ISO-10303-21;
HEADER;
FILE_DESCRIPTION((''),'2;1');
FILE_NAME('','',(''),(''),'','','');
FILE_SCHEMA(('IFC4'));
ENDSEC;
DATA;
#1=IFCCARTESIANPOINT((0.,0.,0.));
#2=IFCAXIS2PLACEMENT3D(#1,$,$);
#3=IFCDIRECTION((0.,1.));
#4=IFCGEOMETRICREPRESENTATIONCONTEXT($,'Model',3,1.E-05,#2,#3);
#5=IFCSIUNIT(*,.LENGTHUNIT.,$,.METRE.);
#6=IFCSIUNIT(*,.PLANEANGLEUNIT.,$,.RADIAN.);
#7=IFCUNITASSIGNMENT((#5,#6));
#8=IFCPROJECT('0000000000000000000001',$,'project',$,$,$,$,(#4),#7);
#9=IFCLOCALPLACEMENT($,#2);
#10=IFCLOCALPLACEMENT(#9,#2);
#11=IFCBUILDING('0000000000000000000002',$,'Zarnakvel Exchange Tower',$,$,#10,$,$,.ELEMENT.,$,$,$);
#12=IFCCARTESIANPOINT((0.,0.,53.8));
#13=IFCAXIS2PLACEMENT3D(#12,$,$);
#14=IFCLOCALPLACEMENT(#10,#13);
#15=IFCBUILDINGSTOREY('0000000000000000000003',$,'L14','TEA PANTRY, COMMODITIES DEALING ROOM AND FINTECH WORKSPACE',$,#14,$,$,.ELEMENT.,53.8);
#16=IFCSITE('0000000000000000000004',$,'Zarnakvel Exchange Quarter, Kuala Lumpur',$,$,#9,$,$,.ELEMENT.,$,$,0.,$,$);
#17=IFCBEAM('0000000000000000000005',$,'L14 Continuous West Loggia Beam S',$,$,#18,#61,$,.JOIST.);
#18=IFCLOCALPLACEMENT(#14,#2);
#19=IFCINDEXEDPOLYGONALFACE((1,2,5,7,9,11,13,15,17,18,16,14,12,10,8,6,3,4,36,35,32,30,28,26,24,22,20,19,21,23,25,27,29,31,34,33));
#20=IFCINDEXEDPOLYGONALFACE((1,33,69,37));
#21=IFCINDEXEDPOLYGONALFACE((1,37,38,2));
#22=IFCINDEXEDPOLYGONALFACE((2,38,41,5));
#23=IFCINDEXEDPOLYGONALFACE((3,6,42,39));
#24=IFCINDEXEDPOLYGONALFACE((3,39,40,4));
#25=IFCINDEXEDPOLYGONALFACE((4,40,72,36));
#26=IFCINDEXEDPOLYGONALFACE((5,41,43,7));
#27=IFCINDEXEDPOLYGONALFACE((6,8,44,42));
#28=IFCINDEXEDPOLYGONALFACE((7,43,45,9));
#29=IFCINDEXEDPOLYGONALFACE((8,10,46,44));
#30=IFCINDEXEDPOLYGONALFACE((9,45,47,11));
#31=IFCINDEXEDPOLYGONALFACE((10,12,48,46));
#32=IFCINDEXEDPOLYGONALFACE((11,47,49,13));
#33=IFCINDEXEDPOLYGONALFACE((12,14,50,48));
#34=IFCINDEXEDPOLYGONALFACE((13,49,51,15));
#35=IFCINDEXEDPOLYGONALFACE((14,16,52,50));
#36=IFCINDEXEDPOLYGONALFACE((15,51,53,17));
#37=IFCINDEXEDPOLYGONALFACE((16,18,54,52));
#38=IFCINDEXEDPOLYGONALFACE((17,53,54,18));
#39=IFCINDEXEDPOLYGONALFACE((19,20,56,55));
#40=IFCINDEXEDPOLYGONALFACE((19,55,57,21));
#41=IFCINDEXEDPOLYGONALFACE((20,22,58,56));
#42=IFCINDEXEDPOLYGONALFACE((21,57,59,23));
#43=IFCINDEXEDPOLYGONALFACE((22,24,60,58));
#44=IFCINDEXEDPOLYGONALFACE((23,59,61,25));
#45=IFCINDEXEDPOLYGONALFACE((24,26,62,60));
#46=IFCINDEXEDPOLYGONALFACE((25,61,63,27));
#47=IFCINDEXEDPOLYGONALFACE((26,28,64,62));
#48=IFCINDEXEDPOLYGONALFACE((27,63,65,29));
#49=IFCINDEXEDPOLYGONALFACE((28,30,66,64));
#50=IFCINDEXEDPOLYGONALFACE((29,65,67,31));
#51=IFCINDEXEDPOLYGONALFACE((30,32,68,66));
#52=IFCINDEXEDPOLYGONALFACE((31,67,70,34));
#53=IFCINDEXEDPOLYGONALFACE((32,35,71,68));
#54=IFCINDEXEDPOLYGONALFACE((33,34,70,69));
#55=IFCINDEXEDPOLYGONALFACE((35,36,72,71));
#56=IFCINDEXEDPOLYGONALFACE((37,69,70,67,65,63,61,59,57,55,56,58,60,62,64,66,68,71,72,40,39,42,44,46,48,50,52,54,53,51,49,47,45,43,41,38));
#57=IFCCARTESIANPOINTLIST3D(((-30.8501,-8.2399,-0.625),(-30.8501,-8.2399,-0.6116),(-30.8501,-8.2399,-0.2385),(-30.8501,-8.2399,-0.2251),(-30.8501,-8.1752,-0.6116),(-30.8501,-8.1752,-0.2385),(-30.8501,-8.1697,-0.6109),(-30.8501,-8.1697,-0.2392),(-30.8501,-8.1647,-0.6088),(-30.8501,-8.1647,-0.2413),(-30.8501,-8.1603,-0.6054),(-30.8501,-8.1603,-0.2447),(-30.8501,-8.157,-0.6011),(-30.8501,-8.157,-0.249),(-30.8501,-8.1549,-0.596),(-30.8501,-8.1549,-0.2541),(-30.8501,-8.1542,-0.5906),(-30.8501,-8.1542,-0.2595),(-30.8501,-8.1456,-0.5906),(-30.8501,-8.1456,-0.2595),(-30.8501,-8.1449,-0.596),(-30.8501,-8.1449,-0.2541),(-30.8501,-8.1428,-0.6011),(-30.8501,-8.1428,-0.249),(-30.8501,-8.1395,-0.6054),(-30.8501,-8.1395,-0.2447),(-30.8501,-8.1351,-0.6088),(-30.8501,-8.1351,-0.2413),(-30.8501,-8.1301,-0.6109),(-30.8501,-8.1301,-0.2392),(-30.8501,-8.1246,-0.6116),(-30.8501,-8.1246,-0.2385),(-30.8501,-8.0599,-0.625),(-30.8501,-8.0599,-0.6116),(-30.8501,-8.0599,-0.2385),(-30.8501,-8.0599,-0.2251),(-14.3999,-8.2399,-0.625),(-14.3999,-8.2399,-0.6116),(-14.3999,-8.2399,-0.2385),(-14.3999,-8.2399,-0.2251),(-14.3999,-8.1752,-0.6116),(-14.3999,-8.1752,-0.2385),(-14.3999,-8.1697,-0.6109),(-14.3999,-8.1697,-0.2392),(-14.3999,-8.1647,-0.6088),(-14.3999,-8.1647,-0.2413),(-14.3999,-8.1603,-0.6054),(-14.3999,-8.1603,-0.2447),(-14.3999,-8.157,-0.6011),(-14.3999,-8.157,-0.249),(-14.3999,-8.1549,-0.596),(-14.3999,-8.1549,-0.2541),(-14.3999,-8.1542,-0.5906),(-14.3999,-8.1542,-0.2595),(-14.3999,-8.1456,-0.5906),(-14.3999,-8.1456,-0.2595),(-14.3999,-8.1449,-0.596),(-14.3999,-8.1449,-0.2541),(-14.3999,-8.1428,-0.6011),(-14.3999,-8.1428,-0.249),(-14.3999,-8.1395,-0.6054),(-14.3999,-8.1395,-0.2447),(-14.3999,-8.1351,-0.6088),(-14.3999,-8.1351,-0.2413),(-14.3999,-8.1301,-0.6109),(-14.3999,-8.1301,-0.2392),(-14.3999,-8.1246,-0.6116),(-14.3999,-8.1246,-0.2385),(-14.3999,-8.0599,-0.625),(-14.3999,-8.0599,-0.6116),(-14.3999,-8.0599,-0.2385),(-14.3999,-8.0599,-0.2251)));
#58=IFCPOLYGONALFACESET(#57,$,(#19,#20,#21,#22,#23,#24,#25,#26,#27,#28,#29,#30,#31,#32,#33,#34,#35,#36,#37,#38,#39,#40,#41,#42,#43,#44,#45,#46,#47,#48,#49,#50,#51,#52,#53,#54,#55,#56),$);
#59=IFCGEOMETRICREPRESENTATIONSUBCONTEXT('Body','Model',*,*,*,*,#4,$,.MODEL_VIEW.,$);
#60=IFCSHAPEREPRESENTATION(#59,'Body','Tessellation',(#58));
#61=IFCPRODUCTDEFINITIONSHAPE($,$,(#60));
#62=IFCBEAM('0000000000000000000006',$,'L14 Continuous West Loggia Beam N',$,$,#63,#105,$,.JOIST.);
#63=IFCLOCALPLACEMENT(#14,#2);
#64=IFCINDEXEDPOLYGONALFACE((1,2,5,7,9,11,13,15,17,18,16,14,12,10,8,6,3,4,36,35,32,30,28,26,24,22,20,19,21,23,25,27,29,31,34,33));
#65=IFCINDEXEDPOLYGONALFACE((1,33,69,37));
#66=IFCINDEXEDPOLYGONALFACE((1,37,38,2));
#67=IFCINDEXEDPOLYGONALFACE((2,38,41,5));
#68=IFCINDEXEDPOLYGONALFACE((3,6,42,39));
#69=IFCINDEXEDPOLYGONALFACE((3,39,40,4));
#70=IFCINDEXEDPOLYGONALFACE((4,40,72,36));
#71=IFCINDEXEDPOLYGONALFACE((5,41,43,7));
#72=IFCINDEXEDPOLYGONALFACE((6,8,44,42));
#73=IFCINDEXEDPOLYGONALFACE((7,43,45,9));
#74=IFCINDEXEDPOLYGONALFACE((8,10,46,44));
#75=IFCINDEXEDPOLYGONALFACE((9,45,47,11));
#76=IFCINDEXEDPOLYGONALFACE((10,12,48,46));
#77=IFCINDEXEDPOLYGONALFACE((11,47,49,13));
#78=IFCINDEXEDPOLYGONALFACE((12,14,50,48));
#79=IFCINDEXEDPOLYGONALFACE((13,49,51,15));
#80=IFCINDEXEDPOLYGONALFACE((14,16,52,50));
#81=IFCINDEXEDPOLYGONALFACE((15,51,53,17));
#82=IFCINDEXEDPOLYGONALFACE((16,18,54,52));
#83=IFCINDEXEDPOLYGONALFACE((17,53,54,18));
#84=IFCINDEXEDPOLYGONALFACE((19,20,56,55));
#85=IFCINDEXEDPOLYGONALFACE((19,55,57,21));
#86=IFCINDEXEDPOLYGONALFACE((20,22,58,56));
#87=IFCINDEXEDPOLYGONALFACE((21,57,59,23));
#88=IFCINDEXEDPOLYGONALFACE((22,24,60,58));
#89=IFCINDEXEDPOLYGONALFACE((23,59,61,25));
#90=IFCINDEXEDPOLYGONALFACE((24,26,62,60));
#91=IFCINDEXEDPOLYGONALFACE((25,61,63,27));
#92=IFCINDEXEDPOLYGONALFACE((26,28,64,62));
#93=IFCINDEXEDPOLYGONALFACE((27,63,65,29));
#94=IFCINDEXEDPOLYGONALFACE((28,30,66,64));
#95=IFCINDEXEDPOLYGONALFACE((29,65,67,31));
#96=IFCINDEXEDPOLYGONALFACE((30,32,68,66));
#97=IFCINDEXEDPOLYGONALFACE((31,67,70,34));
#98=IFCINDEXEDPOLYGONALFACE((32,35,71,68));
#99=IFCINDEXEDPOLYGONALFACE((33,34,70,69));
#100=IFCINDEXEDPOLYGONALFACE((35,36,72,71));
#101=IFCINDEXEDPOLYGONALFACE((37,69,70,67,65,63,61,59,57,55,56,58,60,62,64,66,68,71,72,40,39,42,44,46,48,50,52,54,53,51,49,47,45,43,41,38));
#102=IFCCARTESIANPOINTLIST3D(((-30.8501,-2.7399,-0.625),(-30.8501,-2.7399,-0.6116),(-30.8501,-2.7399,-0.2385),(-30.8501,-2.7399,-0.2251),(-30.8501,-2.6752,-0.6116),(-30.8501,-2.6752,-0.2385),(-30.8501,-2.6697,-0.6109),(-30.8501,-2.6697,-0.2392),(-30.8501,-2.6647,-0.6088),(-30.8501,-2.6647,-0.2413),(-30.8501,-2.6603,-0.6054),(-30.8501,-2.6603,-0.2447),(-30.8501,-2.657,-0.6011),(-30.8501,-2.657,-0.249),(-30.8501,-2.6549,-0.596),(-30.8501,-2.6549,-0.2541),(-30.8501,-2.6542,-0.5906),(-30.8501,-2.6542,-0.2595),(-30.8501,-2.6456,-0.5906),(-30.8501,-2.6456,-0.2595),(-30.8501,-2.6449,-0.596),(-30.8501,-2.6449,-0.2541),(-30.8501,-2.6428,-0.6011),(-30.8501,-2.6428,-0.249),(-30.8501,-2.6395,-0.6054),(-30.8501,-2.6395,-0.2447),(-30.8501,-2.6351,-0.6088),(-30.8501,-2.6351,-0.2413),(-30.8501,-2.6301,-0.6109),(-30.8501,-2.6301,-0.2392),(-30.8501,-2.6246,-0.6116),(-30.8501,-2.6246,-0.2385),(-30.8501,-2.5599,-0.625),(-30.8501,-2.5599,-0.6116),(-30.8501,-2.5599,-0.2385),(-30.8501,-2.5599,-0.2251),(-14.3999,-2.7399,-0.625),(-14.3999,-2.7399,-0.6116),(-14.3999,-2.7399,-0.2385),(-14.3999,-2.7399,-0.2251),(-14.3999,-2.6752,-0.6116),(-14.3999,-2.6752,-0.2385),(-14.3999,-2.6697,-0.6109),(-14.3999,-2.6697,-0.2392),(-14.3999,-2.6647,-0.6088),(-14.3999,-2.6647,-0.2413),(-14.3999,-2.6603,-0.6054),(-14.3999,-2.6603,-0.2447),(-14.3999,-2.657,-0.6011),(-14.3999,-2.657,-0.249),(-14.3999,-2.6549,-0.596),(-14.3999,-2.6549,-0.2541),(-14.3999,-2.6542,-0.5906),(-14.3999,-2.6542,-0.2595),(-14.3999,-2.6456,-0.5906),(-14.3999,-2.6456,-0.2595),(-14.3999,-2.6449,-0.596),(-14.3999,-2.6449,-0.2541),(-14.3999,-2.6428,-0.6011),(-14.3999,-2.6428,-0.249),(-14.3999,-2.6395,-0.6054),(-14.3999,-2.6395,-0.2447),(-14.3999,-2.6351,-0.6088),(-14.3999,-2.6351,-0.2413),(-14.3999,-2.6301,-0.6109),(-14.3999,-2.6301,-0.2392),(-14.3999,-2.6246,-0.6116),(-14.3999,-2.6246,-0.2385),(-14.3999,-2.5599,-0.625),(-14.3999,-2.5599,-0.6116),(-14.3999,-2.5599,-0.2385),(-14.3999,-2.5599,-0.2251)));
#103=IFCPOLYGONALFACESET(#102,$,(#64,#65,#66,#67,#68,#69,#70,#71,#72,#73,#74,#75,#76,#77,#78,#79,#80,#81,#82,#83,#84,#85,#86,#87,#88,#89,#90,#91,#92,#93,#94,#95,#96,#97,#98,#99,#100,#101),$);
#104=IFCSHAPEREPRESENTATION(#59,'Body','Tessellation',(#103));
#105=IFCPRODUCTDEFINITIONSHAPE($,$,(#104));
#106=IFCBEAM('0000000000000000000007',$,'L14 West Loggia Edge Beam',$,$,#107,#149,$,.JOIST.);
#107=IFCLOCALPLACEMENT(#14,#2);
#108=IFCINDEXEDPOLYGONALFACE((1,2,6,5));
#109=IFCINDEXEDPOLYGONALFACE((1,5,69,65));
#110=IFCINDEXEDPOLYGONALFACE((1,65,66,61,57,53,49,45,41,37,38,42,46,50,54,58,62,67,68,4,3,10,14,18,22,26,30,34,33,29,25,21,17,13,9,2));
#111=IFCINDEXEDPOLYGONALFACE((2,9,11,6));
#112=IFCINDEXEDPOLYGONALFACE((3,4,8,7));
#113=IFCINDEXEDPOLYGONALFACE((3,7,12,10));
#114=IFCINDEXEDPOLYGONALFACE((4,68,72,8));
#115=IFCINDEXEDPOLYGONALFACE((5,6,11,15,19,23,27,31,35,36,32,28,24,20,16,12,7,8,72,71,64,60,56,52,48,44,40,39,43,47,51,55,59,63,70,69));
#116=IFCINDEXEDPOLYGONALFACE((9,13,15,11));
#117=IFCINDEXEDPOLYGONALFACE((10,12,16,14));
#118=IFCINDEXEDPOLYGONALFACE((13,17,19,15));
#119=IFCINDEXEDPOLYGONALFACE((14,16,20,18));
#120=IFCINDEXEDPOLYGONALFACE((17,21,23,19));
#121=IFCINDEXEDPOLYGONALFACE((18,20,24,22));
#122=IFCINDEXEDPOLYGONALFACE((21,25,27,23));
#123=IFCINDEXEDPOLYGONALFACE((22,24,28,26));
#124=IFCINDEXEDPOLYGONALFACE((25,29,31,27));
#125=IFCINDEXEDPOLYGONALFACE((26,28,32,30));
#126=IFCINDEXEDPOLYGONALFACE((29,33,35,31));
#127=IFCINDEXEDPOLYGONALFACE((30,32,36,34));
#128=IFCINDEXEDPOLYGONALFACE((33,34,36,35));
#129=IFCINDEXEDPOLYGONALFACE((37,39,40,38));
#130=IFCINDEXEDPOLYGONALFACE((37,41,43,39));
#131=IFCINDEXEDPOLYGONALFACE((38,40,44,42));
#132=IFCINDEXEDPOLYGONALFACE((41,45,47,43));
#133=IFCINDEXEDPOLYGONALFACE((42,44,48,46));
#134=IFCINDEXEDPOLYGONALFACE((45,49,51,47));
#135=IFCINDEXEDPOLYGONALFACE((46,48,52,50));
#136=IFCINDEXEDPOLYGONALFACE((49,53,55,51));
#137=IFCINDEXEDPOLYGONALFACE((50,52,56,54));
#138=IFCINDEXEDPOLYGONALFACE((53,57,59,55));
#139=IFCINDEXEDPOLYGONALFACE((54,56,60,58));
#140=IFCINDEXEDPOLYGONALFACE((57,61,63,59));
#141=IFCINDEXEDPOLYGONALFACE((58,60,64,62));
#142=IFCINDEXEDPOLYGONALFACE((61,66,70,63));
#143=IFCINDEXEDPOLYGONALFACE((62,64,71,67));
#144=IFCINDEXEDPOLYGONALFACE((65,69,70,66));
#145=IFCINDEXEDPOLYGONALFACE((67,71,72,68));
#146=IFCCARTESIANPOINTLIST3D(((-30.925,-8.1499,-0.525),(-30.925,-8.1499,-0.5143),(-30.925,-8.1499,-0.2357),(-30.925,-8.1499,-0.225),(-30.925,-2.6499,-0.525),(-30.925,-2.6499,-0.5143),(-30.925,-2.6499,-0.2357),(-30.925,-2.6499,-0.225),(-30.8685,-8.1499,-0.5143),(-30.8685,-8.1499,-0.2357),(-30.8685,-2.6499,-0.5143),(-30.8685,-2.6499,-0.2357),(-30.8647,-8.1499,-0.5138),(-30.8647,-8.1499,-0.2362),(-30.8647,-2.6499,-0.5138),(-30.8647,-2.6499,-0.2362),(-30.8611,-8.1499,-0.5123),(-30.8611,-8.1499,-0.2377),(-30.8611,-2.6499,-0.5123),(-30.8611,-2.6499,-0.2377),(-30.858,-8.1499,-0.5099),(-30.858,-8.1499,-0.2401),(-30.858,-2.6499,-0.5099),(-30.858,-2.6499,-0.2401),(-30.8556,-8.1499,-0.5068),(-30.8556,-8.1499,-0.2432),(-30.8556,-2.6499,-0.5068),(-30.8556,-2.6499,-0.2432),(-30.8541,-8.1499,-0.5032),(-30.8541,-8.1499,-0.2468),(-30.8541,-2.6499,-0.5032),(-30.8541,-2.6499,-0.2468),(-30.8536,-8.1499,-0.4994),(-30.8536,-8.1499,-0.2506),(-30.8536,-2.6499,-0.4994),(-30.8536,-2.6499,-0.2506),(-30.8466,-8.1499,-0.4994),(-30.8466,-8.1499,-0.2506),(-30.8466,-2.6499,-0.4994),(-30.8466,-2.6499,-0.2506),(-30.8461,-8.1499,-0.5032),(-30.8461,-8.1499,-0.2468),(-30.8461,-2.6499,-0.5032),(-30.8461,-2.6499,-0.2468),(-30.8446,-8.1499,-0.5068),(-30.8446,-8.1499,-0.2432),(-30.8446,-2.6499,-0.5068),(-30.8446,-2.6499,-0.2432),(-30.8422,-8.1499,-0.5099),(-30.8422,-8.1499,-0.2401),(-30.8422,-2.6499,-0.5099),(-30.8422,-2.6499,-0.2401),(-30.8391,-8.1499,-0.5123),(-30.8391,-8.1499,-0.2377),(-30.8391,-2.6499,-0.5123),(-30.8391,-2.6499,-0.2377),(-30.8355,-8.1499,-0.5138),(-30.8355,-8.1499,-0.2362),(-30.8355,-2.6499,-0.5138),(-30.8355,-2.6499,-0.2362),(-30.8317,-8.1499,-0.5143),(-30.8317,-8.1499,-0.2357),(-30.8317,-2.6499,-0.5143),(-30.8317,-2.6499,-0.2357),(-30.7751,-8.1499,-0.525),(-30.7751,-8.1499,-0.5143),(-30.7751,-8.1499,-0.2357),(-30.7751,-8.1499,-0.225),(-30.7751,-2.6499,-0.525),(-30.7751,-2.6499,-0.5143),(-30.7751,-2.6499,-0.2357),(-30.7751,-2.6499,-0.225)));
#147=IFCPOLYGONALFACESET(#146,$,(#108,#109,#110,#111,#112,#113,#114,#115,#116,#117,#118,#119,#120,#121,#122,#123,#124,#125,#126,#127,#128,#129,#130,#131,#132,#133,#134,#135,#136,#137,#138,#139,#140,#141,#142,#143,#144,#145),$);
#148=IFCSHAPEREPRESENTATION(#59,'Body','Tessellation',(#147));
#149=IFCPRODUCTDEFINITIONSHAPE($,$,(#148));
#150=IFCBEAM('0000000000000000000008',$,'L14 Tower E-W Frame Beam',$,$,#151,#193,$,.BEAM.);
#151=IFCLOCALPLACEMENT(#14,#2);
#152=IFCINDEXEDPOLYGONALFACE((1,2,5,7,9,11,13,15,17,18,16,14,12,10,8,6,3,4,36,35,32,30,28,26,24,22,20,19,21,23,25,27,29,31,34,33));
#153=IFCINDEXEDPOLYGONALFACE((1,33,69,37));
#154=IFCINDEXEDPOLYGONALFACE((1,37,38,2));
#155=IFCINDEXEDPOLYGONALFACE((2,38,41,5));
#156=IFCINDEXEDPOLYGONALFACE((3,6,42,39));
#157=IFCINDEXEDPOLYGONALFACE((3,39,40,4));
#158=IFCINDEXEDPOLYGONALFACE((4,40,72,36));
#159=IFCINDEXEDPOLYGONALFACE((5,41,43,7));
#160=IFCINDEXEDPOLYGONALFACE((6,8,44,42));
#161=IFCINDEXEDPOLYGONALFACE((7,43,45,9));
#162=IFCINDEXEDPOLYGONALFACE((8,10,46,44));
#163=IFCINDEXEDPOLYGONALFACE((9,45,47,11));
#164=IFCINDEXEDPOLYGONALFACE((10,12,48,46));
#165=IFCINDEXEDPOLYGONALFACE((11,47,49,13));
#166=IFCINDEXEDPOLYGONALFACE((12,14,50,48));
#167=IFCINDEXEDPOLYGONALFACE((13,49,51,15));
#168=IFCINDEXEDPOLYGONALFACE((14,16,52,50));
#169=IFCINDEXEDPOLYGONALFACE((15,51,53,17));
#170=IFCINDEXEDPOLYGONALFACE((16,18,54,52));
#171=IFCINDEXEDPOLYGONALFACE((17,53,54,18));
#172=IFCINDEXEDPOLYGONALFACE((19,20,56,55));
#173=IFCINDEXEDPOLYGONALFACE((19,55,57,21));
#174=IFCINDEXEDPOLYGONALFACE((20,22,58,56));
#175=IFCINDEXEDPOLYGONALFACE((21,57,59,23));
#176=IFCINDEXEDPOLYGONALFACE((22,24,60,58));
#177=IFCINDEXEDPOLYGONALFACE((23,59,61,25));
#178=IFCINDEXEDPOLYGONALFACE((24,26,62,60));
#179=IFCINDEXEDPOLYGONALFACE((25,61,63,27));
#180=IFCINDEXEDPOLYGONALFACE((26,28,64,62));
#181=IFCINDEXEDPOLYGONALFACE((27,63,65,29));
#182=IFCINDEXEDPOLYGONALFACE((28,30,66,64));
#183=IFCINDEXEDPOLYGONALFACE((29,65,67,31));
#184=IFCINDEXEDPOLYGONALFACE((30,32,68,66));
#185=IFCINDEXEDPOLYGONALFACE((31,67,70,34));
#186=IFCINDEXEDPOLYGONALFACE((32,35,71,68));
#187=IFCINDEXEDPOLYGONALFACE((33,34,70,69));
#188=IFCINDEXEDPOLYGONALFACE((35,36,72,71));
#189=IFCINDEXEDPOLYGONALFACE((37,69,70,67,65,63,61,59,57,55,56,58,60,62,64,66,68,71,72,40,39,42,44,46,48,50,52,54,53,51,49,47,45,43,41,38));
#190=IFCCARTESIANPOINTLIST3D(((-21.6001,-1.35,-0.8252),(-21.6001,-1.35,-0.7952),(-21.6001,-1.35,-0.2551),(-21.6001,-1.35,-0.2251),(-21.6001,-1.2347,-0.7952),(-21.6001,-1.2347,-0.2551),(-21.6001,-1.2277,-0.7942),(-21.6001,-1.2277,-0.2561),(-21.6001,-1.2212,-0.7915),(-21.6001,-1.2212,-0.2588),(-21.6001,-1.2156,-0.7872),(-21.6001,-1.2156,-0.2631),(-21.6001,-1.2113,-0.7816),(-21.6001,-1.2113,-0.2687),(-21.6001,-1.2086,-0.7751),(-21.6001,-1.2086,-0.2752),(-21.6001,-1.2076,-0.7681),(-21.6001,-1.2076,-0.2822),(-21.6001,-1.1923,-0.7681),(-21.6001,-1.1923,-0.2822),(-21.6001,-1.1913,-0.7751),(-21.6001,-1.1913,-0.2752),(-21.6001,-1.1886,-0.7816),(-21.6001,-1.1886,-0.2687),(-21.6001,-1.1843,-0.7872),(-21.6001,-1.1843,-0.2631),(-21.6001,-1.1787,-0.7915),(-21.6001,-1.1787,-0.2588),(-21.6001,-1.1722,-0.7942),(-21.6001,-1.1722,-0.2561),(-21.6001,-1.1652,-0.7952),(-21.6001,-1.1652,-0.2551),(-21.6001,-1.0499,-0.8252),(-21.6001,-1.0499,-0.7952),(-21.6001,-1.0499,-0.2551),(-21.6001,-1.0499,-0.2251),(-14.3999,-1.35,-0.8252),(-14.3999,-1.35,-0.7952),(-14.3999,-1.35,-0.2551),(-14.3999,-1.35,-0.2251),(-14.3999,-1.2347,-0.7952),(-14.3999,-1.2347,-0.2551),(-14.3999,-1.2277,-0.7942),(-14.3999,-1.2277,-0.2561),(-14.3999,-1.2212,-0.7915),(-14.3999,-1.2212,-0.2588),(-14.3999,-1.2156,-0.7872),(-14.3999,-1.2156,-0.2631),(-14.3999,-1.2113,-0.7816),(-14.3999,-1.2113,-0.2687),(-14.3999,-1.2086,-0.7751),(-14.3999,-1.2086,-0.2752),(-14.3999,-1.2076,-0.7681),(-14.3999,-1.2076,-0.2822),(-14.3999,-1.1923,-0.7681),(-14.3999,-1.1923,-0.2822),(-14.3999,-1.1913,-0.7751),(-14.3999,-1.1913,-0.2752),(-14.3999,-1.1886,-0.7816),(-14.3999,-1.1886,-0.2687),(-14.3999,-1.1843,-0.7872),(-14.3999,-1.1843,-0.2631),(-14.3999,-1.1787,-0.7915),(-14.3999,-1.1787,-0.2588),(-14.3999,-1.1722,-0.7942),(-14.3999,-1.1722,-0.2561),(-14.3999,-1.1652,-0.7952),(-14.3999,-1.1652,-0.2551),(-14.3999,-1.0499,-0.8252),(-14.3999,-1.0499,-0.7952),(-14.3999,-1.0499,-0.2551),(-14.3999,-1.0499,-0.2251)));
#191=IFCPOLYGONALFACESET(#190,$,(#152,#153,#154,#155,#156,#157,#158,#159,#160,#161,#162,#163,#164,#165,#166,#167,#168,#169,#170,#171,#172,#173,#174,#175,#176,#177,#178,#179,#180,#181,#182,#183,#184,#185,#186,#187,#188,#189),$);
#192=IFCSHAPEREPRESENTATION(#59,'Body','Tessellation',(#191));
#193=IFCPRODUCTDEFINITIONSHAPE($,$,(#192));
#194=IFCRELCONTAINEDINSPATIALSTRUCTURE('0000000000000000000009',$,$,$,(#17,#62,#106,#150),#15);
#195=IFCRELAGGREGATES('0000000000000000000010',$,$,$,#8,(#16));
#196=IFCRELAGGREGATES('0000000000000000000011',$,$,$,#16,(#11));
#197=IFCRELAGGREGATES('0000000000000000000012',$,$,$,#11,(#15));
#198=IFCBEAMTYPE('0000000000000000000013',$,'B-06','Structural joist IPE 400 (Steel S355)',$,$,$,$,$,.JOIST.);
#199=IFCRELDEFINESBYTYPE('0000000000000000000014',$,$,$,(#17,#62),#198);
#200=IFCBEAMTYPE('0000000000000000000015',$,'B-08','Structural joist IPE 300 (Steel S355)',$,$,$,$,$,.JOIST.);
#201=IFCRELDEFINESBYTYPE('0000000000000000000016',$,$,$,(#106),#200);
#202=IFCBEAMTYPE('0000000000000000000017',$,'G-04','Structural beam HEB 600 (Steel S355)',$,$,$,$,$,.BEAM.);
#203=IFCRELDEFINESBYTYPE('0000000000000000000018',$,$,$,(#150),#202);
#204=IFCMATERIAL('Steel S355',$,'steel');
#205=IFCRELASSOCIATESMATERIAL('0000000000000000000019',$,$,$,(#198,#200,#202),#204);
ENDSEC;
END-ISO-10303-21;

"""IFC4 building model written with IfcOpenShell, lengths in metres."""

from ifc_helpers import new_model, si_unit, direction, frame, origin, origin_2d, place, context, subcontext, project, spatial, i_section, extrude, material, material_profile, profile_set, type_object, element, save


model = new_model("IFC4")

# Units and contexts
model_context = context("Model", 3, precision=1e-05, world=origin(), true_north=direction((0.0, 1.0)))
body_context = subcontext(model_context, "Body", "Model", "MODEL_VIEW")
ifc_project = project(units=[si_unit("LENGTHUNIT", "METRE"), si_unit("PLANEANGLEUNIT", "RADIAN")], contexts=[model_context])

# Site, building, storey
site_placement = place(None, origin())
site = spatial("IfcSite", under=ifc_project, at=site_placement, Name="Zarnakvel Exchange Quarter, Kuala Lumpur", CompositionType="ELEMENT", RefElevation=0.0)
building_placement = place(site_placement, origin())
building = spatial("IfcBuilding", under=site, at=building_placement, Name="Zarnakvel Exchange Tower", CompositionType="ELEMENT")
storey_placement = place(building_placement, frame((0.0, 0.0, 53.8)))
storey = spatial("IfcBuildingStorey", under=building, at=storey_placement, Name="L14", Description="TEA PANTRY, COMMODITIES DEALING ROOM AND FINTECH WORKSPACE", CompositionType="ELEMENT", Elevation=53.8)

# Shared definitions
ifc_material_1 = material(Name="Steel S355", Category="steel")

# Beams
ifc_material_profile_1 = material_profile(ifc_material_1, i_section(OverallWidth=0.1799, OverallDepth=0.3999, WebThickness=0.0085, FlangeThickness=0.0134, FilletRadius=0.021, at=origin_2d()))
ifc_profile_set_1 = profile_set([ifc_material_profile_1], Name="Steel S355")
beam_type_1 = type_object("IfcBeamType", Name="B-06", Description="Structural joist IPE 400 (Steel S355)", PredefinedType="JOIST", material=ifc_profile_set_1)
for number, where, z_axis, x_axis, name in (
    (1, (-14.3999, -8.1499, -0.425), (-1.0, 0.0, 0.0), (0.0, -1.0, 0.0), "L14 Continuous West Loggia Beam S"),
    (2, (-14.3999, -2.6499, -0.425), (-1.0, 0.0, 0.0), (0.0, -1.0, 0.0), "L14 Continuous West Loggia Beam N"),
):
    element("IfcBeam", number, at=place(storey_placement, frame(where, z_axis=z_axis, x_axis=x_axis)), inside=storey, type_object=beam_type_1, Name=name, PredefinedType="JOIST", context=body_context, shape_type="SweptSolid", body=[
        extrude(i_section(OverallWidth=0.1799, OverallDepth=0.3999, WebThickness=0.0085, FlangeThickness=0.0134, FilletRadius=0.021, at=origin_2d()), origin(), (0.0, 0.0, 1.0), 16.4502),
    ])
ifc_material_profile_2 = material_profile(ifc_material_1, i_section(OverallWidth=0.1499, OverallDepth=0.3, WebThickness=0.0071, FlangeThickness=0.0107, FilletRadius=0.0149, at=origin_2d()))
ifc_profile_set_2 = profile_set([ifc_material_profile_2], Name="Steel S355")
beam_type_2 = type_object("IfcBeamType", Name="B-08", Description="Structural joist IPE 300 (Steel S355)", PredefinedType="JOIST", material=ifc_profile_set_2)
beam_1_placement = place(storey_placement, frame((-30.8501, -8.1499, -0.375), z_axis=(0.0, 1.0, 0.0), x_axis=(-1.0, 0.0, 0.0)))
element("IfcBeam", 3, at=beam_1_placement, inside=storey, type_object=beam_type_2, Name="L14 West Loggia Edge Beam", PredefinedType="JOIST", context=body_context, shape_type="SweptSolid", body=[
    extrude(i_section(OverallWidth=0.1499, OverallDepth=0.3, WebThickness=0.0071, FlangeThickness=0.0107, FilletRadius=0.0149, at=origin_2d()), origin(), (0.0, 0.0, 1.0), 5.5),
])
ifc_material_profile_3 = material_profile(ifc_material_1, i_section(OverallWidth=0.3, OverallDepth=0.6001, WebThickness=0.0154, FlangeThickness=0.03, FilletRadius=0.0271, at=origin_2d()))
ifc_profile_set_3 = profile_set([ifc_material_profile_3], Name="Steel S355")
beam_type_3 = type_object("IfcBeamType", Name="G-04", Description="Structural beam HEB 600 (Steel S355)", PredefinedType="BEAM", material=ifc_profile_set_3)
beam_2_placement = place(storey_placement, frame((-21.6001, -1.2, -0.5251), z_axis=(1.0, 0.0, 0.0), x_axis=(0.0, 1.0, 0.0)))
element("IfcBeam", 4, at=beam_2_placement, inside=storey, type_object=beam_type_3, Name="L14 Tower E-W Frame Beam", PredefinedType="BEAM", context=body_context, shape_type="SweptSolid", body=[
    extrude(i_section(OverallWidth=0.3, OverallDepth=0.6001, WebThickness=0.0154, FlangeThickness=0.03, FilletRadius=0.0271, at=origin_2d()), origin(), (0.0, 0.0, 1.0), 7.2002),
])

save(model, "model.ifc")
